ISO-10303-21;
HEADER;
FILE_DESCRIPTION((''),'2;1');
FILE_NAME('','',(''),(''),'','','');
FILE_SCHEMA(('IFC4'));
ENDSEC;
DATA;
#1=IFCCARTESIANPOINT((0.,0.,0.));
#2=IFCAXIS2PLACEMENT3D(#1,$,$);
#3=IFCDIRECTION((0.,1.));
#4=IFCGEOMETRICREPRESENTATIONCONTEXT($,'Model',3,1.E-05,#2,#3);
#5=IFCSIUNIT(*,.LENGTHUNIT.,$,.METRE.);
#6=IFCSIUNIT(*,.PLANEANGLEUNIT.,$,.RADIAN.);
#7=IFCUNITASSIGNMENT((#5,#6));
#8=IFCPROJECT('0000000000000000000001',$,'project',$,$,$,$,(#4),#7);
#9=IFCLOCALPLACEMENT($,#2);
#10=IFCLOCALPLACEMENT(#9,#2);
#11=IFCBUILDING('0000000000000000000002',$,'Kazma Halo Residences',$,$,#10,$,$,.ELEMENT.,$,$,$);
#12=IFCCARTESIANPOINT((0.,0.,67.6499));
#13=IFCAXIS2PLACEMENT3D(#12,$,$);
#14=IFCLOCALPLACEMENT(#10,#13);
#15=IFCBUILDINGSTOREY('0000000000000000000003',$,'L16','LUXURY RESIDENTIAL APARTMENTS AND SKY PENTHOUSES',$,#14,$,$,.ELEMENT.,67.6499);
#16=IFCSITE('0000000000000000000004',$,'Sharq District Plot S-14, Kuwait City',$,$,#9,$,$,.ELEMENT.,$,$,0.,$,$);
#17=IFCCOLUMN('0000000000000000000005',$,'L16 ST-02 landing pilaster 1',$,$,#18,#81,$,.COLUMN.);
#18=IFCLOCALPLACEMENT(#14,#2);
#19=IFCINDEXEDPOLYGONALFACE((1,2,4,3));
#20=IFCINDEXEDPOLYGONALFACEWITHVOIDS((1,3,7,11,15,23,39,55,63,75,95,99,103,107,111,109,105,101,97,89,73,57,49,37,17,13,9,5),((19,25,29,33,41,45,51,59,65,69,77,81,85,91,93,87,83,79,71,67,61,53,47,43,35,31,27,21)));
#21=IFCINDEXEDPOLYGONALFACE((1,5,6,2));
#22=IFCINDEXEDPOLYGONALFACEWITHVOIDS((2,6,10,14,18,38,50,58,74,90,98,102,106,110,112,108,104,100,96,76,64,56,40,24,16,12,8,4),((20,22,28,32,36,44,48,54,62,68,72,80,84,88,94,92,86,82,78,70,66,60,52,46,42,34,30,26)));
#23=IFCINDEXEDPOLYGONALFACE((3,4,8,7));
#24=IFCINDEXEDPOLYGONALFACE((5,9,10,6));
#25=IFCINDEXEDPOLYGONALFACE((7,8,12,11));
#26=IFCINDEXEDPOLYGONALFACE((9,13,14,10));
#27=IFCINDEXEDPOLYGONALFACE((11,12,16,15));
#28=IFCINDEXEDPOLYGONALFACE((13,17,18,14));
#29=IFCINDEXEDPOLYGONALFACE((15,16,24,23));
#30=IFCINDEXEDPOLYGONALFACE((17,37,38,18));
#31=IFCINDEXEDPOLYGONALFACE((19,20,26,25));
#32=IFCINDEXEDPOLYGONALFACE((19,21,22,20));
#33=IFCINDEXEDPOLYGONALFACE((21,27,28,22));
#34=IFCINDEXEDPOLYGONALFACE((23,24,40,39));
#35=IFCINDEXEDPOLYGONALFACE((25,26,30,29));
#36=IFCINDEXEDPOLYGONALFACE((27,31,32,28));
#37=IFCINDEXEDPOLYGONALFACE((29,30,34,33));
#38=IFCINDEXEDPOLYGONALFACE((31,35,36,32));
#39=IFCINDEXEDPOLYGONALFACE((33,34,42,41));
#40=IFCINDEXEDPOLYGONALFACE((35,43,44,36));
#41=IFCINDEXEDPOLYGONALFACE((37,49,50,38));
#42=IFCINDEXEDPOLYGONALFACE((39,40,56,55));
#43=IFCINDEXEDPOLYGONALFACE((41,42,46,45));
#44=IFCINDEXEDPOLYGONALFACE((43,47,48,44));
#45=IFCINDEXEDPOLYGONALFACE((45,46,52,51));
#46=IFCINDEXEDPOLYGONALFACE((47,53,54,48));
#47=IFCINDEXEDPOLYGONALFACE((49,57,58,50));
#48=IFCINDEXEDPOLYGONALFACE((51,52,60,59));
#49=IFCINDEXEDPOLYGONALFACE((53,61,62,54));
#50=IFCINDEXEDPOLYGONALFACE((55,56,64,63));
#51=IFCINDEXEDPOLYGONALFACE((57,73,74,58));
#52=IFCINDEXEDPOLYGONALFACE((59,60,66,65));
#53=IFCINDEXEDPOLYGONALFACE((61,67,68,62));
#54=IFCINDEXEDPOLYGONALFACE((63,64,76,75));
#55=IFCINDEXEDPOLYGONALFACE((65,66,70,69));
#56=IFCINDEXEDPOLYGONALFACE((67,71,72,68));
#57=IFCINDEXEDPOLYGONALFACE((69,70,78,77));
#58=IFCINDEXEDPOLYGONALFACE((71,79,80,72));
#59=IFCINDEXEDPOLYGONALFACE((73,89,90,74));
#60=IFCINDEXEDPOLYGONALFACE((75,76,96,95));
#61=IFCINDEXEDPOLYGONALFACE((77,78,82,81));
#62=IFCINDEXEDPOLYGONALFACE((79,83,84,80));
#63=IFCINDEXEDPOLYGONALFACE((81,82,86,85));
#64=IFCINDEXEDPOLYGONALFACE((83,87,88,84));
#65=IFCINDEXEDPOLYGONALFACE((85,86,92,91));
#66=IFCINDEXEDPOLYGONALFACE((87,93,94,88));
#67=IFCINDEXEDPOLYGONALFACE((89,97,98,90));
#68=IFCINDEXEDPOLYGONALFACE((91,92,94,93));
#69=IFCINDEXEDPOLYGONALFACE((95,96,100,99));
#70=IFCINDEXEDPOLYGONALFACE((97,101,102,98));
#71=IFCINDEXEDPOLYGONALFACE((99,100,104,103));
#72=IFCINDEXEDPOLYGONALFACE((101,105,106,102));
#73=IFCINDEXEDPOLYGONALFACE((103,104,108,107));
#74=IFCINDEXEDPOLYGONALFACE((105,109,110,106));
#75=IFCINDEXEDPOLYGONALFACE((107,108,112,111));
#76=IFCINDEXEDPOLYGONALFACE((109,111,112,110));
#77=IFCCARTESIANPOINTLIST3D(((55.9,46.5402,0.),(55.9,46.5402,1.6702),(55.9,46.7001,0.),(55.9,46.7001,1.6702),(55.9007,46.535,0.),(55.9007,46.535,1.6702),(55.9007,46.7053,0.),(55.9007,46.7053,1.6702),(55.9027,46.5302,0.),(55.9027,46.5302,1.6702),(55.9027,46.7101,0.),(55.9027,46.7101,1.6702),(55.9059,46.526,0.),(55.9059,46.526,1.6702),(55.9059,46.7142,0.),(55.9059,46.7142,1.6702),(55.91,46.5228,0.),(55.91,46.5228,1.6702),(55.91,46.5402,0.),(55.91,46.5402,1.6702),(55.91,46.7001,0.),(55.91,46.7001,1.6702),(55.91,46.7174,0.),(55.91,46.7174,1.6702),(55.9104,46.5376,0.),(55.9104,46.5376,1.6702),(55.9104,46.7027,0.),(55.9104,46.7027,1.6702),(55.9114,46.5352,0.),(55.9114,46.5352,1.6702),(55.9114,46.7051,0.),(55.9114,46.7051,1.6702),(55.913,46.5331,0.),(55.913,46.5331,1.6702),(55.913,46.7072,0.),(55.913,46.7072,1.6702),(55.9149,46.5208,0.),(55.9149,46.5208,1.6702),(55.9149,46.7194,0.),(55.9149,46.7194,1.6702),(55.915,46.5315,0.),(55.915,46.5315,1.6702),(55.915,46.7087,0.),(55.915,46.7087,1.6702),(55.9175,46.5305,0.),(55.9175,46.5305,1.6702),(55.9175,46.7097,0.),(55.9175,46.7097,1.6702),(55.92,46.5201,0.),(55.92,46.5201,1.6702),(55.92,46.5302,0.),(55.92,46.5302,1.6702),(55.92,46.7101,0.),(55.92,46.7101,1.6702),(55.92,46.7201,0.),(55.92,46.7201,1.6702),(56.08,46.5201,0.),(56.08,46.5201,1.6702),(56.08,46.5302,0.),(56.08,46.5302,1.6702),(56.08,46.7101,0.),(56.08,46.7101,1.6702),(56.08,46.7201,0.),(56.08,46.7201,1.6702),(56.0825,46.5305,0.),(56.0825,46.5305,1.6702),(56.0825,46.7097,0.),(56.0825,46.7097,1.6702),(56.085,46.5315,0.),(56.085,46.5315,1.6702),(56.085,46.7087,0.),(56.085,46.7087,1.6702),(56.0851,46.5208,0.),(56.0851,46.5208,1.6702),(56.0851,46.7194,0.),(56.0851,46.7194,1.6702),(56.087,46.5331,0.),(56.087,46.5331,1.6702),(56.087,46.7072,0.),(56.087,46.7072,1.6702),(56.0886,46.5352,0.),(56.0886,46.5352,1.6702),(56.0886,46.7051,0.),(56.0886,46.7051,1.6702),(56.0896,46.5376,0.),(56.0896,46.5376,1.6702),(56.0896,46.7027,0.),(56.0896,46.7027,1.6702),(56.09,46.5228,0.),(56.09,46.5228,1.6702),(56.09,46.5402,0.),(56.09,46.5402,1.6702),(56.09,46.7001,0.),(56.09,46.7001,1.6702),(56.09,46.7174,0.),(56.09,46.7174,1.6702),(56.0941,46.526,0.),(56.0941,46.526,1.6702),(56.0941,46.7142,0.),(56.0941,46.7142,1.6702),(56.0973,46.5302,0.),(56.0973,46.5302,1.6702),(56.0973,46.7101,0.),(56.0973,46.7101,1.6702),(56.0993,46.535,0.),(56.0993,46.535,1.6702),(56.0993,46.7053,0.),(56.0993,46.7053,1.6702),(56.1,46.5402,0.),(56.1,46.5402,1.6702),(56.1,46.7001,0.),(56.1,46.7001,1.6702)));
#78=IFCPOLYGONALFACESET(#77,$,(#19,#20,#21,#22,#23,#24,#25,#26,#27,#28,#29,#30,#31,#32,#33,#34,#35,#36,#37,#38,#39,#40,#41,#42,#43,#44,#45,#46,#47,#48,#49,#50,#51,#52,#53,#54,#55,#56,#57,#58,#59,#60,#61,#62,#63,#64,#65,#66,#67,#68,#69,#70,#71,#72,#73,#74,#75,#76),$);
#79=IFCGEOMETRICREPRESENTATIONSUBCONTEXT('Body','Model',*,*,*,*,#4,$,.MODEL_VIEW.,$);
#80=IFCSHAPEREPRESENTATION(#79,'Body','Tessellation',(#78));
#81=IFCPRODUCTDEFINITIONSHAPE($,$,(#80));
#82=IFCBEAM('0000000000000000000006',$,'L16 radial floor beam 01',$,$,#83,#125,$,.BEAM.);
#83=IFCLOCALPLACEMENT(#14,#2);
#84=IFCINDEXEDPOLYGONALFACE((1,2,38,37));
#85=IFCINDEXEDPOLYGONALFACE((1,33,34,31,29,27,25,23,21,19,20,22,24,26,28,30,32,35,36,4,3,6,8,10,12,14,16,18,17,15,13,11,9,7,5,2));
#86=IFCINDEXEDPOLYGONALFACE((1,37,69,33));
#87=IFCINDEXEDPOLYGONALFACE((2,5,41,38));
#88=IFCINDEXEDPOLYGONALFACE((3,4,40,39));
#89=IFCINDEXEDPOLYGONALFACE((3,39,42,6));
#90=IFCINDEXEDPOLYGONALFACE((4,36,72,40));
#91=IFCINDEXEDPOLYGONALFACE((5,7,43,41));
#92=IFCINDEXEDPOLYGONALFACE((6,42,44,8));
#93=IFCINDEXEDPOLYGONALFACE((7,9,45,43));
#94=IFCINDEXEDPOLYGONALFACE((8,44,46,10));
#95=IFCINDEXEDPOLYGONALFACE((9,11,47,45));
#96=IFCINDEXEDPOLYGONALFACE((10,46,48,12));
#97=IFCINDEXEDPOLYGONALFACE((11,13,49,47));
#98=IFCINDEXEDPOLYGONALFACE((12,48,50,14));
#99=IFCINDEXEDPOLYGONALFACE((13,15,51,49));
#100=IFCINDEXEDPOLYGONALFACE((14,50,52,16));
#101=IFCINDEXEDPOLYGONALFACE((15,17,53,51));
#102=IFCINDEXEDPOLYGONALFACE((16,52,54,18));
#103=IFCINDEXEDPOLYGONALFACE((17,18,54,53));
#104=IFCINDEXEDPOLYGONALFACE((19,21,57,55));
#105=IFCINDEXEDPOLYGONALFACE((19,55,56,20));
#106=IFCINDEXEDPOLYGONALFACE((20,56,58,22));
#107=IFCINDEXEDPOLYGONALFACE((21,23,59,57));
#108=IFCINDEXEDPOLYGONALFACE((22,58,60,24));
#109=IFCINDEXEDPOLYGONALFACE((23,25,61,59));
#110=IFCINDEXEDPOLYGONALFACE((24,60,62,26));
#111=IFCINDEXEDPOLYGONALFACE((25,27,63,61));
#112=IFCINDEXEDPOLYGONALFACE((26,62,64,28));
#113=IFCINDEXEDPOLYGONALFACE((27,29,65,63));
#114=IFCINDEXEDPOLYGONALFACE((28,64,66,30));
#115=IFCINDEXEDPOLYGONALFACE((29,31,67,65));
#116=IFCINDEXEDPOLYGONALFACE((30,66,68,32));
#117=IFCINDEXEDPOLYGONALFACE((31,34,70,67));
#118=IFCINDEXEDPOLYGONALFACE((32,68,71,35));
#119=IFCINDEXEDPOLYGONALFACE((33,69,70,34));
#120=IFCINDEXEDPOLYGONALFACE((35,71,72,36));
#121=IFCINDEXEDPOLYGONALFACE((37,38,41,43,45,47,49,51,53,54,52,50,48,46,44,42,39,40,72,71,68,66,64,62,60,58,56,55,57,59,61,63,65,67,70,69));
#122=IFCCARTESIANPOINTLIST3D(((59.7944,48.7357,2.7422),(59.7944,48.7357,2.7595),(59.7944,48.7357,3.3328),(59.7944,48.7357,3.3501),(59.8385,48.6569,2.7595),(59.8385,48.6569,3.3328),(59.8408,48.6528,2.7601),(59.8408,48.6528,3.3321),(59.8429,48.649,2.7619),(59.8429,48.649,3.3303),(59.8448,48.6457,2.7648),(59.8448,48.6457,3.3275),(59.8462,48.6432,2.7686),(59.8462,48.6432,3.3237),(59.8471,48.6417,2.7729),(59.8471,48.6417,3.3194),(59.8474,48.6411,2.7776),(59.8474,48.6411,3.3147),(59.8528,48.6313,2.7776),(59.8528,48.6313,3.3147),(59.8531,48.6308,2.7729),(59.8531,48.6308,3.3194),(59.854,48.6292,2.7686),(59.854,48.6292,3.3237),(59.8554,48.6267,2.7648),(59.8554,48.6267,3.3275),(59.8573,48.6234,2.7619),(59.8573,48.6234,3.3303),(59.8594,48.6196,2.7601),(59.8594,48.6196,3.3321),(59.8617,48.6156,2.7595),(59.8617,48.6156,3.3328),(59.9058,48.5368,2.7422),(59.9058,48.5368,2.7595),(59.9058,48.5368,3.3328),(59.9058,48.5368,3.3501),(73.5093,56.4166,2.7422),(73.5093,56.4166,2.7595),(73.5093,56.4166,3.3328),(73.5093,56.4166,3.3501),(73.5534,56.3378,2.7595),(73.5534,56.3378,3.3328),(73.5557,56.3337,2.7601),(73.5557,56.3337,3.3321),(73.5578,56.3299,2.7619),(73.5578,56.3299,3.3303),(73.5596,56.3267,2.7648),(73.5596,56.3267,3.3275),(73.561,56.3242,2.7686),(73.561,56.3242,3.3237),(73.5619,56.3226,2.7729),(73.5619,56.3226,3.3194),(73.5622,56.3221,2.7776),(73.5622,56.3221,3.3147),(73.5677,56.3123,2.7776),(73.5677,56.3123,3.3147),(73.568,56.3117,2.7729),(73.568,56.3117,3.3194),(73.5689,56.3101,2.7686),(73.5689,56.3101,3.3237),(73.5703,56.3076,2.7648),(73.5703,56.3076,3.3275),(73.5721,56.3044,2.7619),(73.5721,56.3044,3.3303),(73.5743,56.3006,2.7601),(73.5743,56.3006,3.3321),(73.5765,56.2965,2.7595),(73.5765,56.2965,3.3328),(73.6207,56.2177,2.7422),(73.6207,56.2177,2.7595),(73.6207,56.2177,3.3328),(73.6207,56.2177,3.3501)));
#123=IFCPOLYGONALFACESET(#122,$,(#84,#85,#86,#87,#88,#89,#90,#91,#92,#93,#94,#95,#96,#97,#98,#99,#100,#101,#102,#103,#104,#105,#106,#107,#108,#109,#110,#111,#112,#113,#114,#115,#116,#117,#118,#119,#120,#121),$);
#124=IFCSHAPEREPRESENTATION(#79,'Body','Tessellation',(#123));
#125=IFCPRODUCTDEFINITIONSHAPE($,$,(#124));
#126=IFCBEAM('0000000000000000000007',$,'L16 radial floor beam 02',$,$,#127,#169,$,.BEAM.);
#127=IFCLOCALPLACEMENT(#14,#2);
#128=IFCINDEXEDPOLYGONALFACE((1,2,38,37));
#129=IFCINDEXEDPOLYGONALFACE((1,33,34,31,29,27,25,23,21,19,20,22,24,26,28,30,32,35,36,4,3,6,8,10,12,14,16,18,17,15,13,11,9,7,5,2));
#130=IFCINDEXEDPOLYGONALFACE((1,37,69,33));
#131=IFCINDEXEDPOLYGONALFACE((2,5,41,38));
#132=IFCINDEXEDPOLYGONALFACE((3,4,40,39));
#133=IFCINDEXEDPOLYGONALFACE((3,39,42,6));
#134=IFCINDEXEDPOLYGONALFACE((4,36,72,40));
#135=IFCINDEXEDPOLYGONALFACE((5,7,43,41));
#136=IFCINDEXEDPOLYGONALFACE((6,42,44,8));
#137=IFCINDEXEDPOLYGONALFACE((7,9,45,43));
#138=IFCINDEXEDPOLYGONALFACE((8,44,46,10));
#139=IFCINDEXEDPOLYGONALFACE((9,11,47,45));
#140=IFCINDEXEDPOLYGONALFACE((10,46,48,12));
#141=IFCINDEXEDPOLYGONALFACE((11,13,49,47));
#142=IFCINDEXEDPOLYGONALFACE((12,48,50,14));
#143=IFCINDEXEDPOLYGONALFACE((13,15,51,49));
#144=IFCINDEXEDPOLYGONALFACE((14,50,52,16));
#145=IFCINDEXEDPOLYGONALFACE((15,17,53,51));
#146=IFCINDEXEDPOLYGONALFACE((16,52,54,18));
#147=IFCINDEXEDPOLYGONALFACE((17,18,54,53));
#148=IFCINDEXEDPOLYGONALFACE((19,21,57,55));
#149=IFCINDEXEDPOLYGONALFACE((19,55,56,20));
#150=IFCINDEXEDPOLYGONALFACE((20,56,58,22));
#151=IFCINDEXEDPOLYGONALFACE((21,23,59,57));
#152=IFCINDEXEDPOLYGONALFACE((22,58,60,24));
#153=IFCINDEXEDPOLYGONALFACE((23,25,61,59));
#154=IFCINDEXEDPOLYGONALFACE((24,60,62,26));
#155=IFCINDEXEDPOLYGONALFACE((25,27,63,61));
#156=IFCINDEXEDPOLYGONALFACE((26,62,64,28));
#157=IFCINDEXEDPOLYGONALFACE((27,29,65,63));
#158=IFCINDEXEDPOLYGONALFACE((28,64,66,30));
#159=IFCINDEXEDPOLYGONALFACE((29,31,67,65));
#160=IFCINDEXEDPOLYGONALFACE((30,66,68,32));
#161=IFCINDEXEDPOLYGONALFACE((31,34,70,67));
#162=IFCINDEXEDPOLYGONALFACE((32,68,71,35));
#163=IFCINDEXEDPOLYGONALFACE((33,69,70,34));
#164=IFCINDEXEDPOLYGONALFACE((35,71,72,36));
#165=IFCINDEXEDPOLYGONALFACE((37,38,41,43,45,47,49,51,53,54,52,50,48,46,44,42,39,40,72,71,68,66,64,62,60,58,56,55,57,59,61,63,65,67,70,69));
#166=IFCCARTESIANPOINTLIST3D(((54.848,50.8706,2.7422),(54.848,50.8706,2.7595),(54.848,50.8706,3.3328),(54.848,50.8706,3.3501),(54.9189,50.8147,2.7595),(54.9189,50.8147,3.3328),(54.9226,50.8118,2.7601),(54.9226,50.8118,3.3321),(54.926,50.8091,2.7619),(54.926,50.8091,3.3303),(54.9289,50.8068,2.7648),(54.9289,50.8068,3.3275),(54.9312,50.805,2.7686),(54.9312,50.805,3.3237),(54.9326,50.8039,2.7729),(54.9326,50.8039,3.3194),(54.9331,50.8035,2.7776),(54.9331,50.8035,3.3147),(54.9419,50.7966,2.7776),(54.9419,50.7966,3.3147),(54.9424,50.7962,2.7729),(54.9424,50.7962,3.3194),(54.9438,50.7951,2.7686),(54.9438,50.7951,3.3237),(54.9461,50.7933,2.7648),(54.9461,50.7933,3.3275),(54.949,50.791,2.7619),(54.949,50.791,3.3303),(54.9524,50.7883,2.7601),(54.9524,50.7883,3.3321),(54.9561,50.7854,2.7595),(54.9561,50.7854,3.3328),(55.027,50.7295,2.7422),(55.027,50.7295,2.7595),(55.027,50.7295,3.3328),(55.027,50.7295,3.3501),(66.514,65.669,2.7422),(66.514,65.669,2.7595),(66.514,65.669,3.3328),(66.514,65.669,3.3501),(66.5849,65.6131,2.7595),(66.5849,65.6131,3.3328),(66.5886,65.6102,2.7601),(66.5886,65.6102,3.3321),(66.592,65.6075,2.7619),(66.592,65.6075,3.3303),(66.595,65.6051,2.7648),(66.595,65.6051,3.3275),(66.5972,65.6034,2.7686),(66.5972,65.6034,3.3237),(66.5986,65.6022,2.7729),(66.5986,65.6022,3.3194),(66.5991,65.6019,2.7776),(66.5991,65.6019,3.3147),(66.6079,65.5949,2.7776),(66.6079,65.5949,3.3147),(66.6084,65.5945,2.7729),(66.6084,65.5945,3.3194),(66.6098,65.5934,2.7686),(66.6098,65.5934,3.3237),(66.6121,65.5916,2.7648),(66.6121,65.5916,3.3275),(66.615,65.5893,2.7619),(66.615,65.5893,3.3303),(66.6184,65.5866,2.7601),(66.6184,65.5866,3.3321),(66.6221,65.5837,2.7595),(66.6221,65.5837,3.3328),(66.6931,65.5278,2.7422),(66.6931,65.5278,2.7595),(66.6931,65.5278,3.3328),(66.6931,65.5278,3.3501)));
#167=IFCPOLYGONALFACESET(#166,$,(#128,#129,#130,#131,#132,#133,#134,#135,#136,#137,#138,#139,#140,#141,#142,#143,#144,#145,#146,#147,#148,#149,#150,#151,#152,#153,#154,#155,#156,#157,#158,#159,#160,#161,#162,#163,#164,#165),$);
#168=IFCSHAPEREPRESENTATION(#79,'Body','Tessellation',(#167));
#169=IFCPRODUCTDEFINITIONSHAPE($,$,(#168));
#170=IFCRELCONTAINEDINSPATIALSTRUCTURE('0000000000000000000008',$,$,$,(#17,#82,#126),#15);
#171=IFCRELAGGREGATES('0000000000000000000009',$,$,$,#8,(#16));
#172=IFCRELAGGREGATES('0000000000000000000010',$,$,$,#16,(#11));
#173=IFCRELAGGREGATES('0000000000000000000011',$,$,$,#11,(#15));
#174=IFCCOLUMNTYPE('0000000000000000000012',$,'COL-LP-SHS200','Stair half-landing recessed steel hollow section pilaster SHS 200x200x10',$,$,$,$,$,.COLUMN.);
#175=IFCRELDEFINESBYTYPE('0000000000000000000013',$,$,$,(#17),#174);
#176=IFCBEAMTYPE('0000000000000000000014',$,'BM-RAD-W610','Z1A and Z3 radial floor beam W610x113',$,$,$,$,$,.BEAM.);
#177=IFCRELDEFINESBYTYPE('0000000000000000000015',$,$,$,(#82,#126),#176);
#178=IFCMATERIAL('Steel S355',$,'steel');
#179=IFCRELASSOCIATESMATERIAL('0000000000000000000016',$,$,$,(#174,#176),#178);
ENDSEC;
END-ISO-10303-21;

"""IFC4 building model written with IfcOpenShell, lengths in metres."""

from ifc_helpers import new_model, si_unit, direction, frame, origin, origin_2d, place, context, subcontext, project, spatial, hollow_rectangle, i_section, extrude, material, material_profile, profile_set, type_object, element, save


model = new_model("IFC4")

# Units and contexts
model_context = context("Model", 3, precision=1e-05, world=origin(), true_north=direction((0.0, 1.0)))
body_context = subcontext(model_context, "Body", "Model", "MODEL_VIEW")
ifc_project = project(units=[si_unit("LENGTHUNIT", "METRE"), si_unit("PLANEANGLEUNIT", "RADIAN")], contexts=[model_context])

# Site, building, storey
site_placement = place(None, origin())
site = spatial("IfcSite", under=ifc_project, at=site_placement, Name="Sharq District Plot S-14, Kuwait City", CompositionType="ELEMENT", RefElevation=0.0)
building_placement = place(site_placement, origin())
building = spatial("IfcBuilding", under=site, at=building_placement, Name="Kazma Halo Residences", CompositionType="ELEMENT")
storey_placement = place(building_placement, frame((0.0, 0.0, 67.6499)))
storey = spatial("IfcBuildingStorey", under=building, at=storey_placement, Name="L16", Description="LUXURY RESIDENTIAL APARTMENTS AND SKY PENTHOUSES", CompositionType="ELEMENT", Elevation=67.6499)

# Column
ifc_material_1 = material(Name="Steel S355", Category="steel")
ifc_material_profile_1 = material_profile(ifc_material_1, hollow_rectangle(XDim=0.2, YDim=0.2, WallThickness=0.01, InnerFilletRadius=0.01, OuterFilletRadius=0.02, at=origin_2d()), Name="SHS200x200x10")
ifc_profile_set_1 = profile_set([ifc_material_profile_1], Name="Steel S355")
column_type = type_object("IfcColumnType", Name="COL-LP-SHS200", Description="Stair half-landing recessed steel hollow section pilaster SHS 200x200x10", PredefinedType="COLUMN", material=ifc_profile_set_1)
column_placement = place(storey_placement, frame((56.0, 46.6201, 0.0), z_axis=(0.0, 0.0, 1.0), x_axis=(1.0, 0.0, 0.0)))
element("IfcColumn", 1, at=column_placement, inside=storey, type_object=column_type, Name="L16 ST-02 landing pilaster 1", PredefinedType="COLUMN", context=body_context, shape_type="SweptSolid", body=[
    extrude(hollow_rectangle(XDim=0.2, YDim=0.2, WallThickness=0.01, InnerFilletRadius=0.01, OuterFilletRadius=0.02, at=origin_2d()), origin(), (0.0, 0.0, 1.0), 1.6702),
])

# Beams
ifc_material_profile_2 = material_profile(ifc_material_1, i_section(OverallWidth=0.228, OverallDepth=0.6079, WebThickness=0.0112, FlangeThickness=0.0173, FilletRadius=0.0181, at=origin_2d()), Name="W610x113")
ifc_profile_set_2 = profile_set([ifc_material_profile_2], Name="Steel S355")
beam_type_1 = type_object("IfcBeamType", Name="BM-RAD-W610", Description="Z1A and Z3 radial floor beam W610x113", PredefinedType="BEAM", material=ifc_profile_set_2)
beam_1_placement = place(storey_placement, frame((59.8501, 48.6362, 3.0461), z_axis=(0.87249, 0.488632, 0.0), x_axis=(-0.488632, 0.87249, 0.0)))
element("IfcBeam", 2, at=beam_1_placement, inside=storey, type_object=beam_type_1, Name="L16 radial floor beam 01", PredefinedType="BEAM", context=body_context, shape_type="SweptSolid", body=[
    extrude(i_section(OverallWidth=0.228, OverallDepth=0.6079, WebThickness=0.0112, FlangeThickness=0.0173, FilletRadius=0.0181, at=origin_2d()), origin(), (0.0, 0.0, 1.0), 15.7192),
])
beam_2_placement = place(storey_placement, frame((54.9375, 50.8, 3.0461), z_axis=(0.619092, 0.785318, 0.0), x_axis=(-0.785318, 0.619092, 0.0)))
element("IfcBeam", 3, at=beam_2_placement, inside=storey, type_object=beam_type_1, Name="L16 radial floor beam 02", PredefinedType="BEAM", context=body_context, shape_type="SweptSolid", body=[
    extrude(i_section(OverallWidth=0.228, OverallDepth=0.6079, WebThickness=0.0112, FlangeThickness=0.0173, FilletRadius=0.0181, at=origin_2d()), origin(), (0.0, 0.0, 1.0), 18.8438),
])

save(model, "model.ifc")
